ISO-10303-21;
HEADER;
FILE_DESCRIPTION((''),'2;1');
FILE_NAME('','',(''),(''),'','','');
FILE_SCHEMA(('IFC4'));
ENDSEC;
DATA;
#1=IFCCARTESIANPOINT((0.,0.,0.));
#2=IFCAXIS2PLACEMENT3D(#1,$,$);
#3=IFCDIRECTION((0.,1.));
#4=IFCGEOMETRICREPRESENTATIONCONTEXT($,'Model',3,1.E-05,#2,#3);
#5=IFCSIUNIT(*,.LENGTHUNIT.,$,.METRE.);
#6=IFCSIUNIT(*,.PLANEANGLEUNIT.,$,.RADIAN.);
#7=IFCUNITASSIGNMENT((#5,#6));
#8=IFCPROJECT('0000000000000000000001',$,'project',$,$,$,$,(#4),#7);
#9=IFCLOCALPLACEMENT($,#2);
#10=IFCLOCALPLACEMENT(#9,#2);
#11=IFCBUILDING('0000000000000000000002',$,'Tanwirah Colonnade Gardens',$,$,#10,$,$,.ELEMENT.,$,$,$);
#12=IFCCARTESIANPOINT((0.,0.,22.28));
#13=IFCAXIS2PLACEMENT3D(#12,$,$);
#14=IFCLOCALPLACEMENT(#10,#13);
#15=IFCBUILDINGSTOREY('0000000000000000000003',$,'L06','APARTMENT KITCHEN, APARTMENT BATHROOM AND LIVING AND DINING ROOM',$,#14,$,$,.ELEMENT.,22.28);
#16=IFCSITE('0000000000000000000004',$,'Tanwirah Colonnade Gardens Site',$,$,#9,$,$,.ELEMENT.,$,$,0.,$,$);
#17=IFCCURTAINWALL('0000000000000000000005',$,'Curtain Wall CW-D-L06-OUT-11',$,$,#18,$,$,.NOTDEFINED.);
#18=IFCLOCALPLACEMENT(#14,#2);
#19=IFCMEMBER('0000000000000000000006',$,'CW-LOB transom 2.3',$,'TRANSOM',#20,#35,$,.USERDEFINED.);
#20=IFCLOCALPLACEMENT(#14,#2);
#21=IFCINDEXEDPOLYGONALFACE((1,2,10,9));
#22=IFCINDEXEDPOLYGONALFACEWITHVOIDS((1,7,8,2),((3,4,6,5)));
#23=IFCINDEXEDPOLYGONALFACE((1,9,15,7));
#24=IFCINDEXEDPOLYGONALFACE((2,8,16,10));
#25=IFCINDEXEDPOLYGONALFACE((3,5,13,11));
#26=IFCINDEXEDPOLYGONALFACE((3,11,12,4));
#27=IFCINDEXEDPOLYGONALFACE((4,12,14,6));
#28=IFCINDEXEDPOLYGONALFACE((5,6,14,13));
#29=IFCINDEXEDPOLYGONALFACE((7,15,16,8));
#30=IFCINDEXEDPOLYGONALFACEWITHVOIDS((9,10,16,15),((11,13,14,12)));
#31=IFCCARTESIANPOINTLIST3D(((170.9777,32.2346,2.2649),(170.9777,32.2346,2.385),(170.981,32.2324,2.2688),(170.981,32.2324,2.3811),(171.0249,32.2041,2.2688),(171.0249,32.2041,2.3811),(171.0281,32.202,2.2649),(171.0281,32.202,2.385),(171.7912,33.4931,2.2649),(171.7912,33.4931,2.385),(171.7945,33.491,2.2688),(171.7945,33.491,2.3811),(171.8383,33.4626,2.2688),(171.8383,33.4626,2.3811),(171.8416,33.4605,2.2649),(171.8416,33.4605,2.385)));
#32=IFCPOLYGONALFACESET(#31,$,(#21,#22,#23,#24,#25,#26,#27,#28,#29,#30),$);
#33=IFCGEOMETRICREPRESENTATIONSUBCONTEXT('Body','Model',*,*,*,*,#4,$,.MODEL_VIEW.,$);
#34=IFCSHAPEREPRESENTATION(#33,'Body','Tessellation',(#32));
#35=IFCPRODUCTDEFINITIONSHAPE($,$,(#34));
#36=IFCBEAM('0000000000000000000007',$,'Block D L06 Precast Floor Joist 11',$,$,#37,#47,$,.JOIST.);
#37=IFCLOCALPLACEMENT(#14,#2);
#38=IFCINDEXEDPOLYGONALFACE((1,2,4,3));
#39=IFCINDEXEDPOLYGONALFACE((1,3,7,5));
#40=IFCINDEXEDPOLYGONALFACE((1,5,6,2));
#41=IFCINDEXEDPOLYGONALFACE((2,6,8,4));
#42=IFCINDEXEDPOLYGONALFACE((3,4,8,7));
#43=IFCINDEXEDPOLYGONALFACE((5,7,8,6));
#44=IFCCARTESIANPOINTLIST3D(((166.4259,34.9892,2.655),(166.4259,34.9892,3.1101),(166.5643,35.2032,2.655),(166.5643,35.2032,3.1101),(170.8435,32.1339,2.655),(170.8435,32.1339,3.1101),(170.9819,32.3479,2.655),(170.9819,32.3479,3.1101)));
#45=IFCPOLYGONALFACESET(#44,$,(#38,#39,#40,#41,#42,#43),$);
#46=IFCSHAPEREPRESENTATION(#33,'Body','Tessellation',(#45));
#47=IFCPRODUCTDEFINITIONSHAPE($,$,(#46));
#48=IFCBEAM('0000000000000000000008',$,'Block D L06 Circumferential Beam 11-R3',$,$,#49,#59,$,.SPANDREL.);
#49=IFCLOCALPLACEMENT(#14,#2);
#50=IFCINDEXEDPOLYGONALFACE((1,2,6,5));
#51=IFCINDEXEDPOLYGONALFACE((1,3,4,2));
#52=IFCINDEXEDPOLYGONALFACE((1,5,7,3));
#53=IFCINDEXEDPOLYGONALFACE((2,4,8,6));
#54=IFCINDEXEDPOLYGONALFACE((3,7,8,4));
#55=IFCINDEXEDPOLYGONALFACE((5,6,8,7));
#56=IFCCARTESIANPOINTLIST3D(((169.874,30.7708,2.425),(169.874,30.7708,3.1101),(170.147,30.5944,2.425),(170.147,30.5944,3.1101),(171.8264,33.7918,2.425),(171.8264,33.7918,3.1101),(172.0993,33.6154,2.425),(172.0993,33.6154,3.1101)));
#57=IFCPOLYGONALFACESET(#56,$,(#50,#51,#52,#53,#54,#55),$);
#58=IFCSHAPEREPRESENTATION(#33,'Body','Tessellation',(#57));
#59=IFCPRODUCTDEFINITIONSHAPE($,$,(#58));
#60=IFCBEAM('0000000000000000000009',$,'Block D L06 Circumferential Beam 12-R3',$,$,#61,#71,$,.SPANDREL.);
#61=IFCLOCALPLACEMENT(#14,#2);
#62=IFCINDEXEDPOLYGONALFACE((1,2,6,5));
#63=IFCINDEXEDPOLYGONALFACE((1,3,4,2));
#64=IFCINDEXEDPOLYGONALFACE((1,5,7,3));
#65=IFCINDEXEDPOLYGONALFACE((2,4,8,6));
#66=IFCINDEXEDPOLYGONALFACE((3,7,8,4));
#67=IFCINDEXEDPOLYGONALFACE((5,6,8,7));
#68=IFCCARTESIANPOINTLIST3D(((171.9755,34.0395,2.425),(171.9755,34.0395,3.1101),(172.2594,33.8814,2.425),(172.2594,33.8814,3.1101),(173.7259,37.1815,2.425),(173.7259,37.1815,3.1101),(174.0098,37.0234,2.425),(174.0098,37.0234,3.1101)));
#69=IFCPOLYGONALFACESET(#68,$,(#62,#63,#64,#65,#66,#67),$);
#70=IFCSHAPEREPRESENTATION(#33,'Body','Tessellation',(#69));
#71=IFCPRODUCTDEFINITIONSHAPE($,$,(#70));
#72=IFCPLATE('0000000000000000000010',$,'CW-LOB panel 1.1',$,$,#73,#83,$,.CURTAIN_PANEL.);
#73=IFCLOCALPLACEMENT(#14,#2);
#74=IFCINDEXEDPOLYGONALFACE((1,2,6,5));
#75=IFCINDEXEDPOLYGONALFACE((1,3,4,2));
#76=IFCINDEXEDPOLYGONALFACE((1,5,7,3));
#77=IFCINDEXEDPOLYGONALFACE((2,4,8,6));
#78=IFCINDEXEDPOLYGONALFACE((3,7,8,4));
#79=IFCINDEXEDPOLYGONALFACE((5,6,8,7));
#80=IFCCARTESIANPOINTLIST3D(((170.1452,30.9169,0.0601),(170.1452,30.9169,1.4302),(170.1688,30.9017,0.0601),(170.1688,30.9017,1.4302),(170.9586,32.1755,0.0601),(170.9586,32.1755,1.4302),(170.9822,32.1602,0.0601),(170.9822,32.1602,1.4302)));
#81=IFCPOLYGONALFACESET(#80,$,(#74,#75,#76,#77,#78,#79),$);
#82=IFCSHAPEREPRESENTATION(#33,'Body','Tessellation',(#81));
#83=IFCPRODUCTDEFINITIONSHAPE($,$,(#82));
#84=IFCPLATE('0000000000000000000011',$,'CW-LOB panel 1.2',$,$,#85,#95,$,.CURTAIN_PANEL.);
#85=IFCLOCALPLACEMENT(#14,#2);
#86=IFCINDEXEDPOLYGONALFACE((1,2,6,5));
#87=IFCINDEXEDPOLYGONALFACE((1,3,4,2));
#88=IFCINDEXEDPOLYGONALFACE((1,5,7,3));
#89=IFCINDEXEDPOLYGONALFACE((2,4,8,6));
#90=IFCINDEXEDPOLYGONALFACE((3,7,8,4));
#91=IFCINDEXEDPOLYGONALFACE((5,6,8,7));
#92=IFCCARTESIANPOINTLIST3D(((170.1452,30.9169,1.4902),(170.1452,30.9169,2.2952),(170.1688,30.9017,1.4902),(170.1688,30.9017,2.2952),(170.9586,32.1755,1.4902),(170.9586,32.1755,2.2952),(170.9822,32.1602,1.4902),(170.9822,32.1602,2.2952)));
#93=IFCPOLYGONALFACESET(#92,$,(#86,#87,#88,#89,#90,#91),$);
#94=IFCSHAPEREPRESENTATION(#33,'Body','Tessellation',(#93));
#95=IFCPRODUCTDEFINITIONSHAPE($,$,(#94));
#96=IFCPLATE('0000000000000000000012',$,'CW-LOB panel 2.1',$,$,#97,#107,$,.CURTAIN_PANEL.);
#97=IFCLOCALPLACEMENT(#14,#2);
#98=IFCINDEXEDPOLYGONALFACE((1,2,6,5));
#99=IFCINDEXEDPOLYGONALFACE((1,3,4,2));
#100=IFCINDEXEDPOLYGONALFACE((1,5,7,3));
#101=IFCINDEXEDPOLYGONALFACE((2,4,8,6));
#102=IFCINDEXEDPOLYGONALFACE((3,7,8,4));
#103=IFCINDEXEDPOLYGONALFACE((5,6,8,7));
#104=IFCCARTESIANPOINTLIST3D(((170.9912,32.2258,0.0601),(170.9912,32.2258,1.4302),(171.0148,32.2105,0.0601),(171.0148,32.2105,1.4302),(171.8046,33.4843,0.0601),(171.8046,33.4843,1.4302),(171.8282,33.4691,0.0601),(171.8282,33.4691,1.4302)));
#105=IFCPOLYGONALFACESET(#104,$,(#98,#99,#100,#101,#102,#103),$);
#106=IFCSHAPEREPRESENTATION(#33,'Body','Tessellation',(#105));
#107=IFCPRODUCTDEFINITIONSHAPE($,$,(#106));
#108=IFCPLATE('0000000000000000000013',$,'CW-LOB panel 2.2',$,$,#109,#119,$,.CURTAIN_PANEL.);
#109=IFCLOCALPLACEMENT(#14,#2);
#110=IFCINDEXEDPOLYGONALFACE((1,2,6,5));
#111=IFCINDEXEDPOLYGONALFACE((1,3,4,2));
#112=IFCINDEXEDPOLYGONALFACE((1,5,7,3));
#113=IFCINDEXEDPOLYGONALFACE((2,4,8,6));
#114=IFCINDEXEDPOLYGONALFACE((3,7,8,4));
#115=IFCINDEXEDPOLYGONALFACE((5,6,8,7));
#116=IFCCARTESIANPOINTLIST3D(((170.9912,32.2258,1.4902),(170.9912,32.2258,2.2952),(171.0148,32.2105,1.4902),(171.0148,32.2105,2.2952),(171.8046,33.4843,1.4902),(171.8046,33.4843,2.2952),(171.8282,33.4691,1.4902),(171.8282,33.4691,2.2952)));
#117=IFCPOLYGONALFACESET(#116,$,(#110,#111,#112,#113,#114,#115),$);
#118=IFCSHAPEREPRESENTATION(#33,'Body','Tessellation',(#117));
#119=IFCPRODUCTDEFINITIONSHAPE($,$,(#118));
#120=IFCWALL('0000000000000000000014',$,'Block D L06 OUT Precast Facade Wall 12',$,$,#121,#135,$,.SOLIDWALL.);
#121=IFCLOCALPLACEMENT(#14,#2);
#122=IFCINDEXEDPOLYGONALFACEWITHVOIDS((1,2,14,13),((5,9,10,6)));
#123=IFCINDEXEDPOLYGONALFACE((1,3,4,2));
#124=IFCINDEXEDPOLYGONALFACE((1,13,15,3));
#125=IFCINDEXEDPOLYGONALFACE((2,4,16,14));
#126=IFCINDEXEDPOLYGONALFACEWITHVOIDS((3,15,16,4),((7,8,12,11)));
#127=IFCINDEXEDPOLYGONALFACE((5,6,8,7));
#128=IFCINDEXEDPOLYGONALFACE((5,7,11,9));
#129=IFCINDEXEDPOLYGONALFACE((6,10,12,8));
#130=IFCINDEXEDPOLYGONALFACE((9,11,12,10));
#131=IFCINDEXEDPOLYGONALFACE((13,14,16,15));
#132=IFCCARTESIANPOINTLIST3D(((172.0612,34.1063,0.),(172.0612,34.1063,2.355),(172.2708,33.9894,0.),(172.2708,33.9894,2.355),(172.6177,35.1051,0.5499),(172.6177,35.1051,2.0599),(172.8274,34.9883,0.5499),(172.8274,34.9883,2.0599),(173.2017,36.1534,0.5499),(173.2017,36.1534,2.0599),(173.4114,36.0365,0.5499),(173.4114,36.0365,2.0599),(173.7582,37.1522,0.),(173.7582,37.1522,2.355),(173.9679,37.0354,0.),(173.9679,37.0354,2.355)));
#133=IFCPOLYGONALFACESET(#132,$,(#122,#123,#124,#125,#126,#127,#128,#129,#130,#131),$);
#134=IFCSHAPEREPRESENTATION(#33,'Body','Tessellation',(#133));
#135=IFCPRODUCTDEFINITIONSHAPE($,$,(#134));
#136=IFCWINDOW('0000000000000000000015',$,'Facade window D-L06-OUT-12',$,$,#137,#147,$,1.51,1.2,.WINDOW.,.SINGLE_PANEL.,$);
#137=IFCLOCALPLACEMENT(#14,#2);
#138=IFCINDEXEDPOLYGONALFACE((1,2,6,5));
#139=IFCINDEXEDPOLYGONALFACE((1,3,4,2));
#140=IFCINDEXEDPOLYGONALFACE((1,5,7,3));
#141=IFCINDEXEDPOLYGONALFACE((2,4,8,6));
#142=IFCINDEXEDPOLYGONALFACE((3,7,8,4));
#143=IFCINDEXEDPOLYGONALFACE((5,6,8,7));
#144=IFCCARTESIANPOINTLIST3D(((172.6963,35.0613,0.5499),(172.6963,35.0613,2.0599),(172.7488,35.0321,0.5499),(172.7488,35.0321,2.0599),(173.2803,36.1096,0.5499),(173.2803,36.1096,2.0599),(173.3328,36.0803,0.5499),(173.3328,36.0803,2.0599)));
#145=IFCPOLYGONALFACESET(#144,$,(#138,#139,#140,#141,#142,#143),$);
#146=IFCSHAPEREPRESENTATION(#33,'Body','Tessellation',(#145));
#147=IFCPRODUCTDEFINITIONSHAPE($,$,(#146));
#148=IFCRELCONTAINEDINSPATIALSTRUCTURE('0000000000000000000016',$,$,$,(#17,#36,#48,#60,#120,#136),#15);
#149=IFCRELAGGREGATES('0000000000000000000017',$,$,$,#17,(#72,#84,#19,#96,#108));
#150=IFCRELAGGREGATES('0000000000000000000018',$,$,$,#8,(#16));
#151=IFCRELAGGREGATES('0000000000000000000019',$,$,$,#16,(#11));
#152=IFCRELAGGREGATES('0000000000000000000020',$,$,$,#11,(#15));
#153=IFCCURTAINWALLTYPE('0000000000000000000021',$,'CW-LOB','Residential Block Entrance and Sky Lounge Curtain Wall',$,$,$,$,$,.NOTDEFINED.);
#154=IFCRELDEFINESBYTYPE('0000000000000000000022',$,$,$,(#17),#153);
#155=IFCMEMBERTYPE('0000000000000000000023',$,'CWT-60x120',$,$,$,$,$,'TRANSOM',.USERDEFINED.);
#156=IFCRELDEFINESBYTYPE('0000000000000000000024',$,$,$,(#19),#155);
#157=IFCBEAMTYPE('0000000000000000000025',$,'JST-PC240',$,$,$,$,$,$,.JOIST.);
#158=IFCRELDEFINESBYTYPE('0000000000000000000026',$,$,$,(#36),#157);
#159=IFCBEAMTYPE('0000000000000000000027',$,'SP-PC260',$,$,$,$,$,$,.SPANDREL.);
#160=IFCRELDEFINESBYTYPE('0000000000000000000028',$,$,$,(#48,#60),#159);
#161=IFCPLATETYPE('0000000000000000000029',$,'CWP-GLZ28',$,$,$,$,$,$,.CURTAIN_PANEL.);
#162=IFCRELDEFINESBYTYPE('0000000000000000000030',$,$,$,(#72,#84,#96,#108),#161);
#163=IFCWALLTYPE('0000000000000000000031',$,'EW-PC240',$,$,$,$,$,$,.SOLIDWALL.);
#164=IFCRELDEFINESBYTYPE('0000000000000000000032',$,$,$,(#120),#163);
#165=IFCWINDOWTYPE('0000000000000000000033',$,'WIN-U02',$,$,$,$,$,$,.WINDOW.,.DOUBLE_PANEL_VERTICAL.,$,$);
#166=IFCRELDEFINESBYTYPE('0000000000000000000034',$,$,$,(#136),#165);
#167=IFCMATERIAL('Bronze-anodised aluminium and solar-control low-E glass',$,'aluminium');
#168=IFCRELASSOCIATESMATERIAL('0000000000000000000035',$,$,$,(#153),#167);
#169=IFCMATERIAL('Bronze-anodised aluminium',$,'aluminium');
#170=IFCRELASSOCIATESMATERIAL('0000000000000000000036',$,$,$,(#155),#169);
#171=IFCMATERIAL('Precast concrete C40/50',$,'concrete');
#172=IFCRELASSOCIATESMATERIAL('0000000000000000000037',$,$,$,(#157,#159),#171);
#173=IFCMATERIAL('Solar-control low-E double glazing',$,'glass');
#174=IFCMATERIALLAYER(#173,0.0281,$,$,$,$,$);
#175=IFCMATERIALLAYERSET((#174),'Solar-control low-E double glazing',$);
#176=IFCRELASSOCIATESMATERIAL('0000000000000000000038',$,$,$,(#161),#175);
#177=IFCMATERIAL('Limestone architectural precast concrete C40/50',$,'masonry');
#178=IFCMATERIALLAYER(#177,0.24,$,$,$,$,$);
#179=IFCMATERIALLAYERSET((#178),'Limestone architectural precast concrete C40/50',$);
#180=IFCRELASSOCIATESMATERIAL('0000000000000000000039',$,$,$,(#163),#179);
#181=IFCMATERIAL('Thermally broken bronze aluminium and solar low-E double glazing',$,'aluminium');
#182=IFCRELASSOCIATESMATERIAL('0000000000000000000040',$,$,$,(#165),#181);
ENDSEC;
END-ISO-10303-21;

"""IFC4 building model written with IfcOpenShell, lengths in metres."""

from ifc_helpers import new_model, si_unit, direction, frame, frame_2d, origin, origin_2d, place, context, subcontext, project, spatial, rectangle, hollow_rectangle, extrude, material, layer, layer_set, material_profile, profile_set, type_object, element, fill, aggregate, save


model = new_model("IFC4")

# Units and contexts
model_context = context("Model", 3, precision=1e-05, world=origin(), true_north=direction((0.0, 1.0)))
body_context = subcontext(model_context, "Body", "Model", "MODEL_VIEW")
ifc_project = project(units=[si_unit("LENGTHUNIT", "METRE"), si_unit("PLANEANGLEUNIT", "RADIAN")], contexts=[model_context])

# Site, building, storey
site_placement = place(None, origin())
site = spatial("IfcSite", under=ifc_project, at=site_placement, Name="Tanwirah Colonnade Gardens Site", CompositionType="ELEMENT", RefElevation=0.0)
building_placement = place(site_placement, origin())
building = spatial("IfcBuilding", under=site, at=building_placement, Name="Tanwirah Colonnade Gardens", CompositionType="ELEMENT")
storey_placement = place(building_placement, frame((0.0, 0.0, 22.28)))
storey = spatial("IfcBuildingStorey", under=building, at=storey_placement, Name="L06", Description="APARTMENT KITCHEN, APARTMENT BATHROOM AND LIVING AND DINING ROOM", CompositionType="ELEMENT", Elevation=22.28)

# Shared definitions
ifc_material_1 = material(Name="Precast concrete C40/50", Category="concrete")

# Curtain wall, member
ifc_material_2 = material(Name="Bronze-anodised aluminium and solar-control low-E glass", Category="aluminium")
curtain_wall_type = type_object("IfcCurtainWallType", Name="CW-LOB", Description="Residential Block Entrance and Sky Lounge Curtain Wall", PredefinedType="NOTDEFINED", material=ifc_material_2)
curtain_wall_placement = place(storey_placement, origin())
curtain_wall = element("IfcCurtainWall", 1, at=curtain_wall_placement, inside=storey, type_object=curtain_wall_type, Name="Curtain Wall CW-D-L06-OUT-11", PredefinedType="NOTDEFINED")
ifc_material_3 = material(Name="Bronze-anodised aluminium", Category="aluminium")
ifc_material_profile_1 = material_profile(ifc_material_3, hollow_rectangle(XDim=0.0601, YDim=0.1201, WallThickness=0.0039, at=origin_2d()), Name="CW-TRN 60x120x4")
ifc_profile_set_1 = profile_set([ifc_material_profile_1], Name="Bronze-anodised aluminium")
member_type_1 = type_object("IfcMemberType", Name="CWT-60x120", ElementType="TRANSOM", PredefinedType="USERDEFINED", material=ifc_profile_set_1)
member_1_placement = place(storey_placement, frame((171.0029, 32.2183, 2.325), z_axis=(0.542839, 0.839837, 0.0), x_axis=(-0.839837, 0.542839, 0.0)))
member_1 = element("IfcMember", 2, at=member_1_placement, type_object=member_type_1, Name="CW-LOB transom 2.3", ObjectType="TRANSOM", PredefinedType="USERDEFINED", context=body_context, shape_type="SweptSolid", body=[
    extrude(hollow_rectangle(XDim=0.0601, YDim=0.1201, WallThickness=0.0039, at=origin_2d()), origin(), (0.0, 0.0, 1.0), 1.4985),
])

# Beams
ifc_material_profile_2 = material_profile(ifc_material_1, rectangle(XDim=0.2549, YDim=0.4551, at=origin_2d()), Name="PC-JST 255x455")
ifc_profile_set_2 = profile_set([ifc_material_profile_2], Name="Precast concrete C40/50")
beam_type_1 = type_object("IfcBeamType", Name="JST-PC240", PredefinedType="JOIST", material=ifc_profile_set_2)
beam_1_placement = place(storey_placement, frame((166.4951, 35.0962, 2.8826), z_axis=(0.839843, -0.54283, 0.0), x_axis=(0.54283, 0.839843, 0.0)))
element("IfcBeam", 3, at=beam_1_placement, inside=storey, type_object=beam_type_1, Name="Block D L06 Precast Floor Joist 11", PredefinedType="JOIST", context=body_context, shape_type="SweptSolid", body=[
    extrude(rectangle(XDim=0.2549, YDim=0.4551, at=origin_2d()), origin(), (0.0, 0.0, 1.0), 5.26),
])
ifc_material_profile_3 = material_profile(ifc_material_1, rectangle(XDim=0.325, YDim=0.6851, at=origin_2d()), Name="PC-SP 325x685")
ifc_profile_set_3 = profile_set([ifc_material_profile_3], Name="Precast concrete C40/50")
beam_type_2 = type_object("IfcBeamType", Name="SP-PC260", PredefinedType="SPANDREL", material=ifc_profile_set_3)
beam_2_placement = place(storey_placement, frame((170.0105, 30.6826, 2.7676), z_axis=(0.542787, 0.83987, 0.0), x_axis=(-0.83987, 0.542787, 0.0)))
element("IfcBeam", 4, at=beam_2_placement, inside=storey, type_object=beam_type_2, Name="Block D L06 Circumferential Beam 11-R3", PredefinedType="SPANDREL", context=body_context, shape_type="SweptSolid", body=[
    extrude(rectangle(XDim=0.325, YDim=0.6851, at=origin_2d()), origin(), (0.0, 0.0, 1.0), 3.5969),
])
beam_3_placement = place(storey_placement, frame((172.1174, 33.9604, 2.7676), z_axis=(0.48668, 0.87358, 0.0), x_axis=(-0.87358, 0.48668, 0.0)))
element("IfcBeam", 5, at=beam_3_placement, inside=storey, type_object=beam_type_2, Name="Block D L06 Circumferential Beam 12-R3", PredefinedType="SPANDREL", context=body_context, shape_type="SweptSolid", body=[
    extrude(rectangle(XDim=0.325, YDim=0.6851, at=origin_2d()), origin(), (0.0, 0.0, 1.0), 3.5967),
])

# Plates
ifc_material_4 = material(Name="Solar-control low-E double glazing", Category="glass")
ifc_layer_1 = layer(ifc_material_4, 0.0281)
ifc_layer_set_1 = layer_set([ifc_layer_1], Name="Solar-control low-E double glazing")
plate_type = type_object("IfcPlateType", Name="CWP-GLZ28", PredefinedType="CURTAIN_PANEL", material=ifc_layer_set_1)
plate_1_placement = place(storey_placement, frame((170.5637, 31.5386, 0.0601), z_axis=(0.0, 0.0, 1.0), x_axis=(0.542807, 0.839857, 0.0)))
plate_1 = element("IfcPlate", 6, at=plate_1_placement, type_object=plate_type, Name="CW-LOB panel 1.1", PredefinedType="CURTAIN_PANEL", context=body_context, shape_type="SweptSolid", body=[
    extrude(rectangle(XDim=1.4985, YDim=0.0281, at=origin_2d()), origin(), (0.0, 0.0, 1.0), 1.3701),
])
plate_2_placement = place(storey_placement, frame((170.5637, 31.5386, 1.4902), z_axis=(0.0, 0.0, 1.0), x_axis=(0.542807, 0.839857, 0.0)))
plate_2 = element("IfcPlate", 7, at=plate_2_placement, type_object=plate_type, Name="CW-LOB panel 1.2", PredefinedType="CURTAIN_PANEL", context=body_context, shape_type="SweptSolid", body=[
    extrude(rectangle(XDim=1.4985, YDim=0.0281, at=origin_2d()), origin(), (0.0, 0.0, 1.0), 0.8049),
])
plate_3_placement = place(storey_placement, frame((171.4097, 32.8474, 0.0601), z_axis=(0.0, 0.0, 1.0), x_axis=(0.542807, 0.839857, 0.0)))
plate_3 = element("IfcPlate", 8, at=plate_3_placement, type_object=plate_type, Name="CW-LOB panel 2.1", PredefinedType="CURTAIN_PANEL", context=body_context, shape_type="SweptSolid", body=[
    extrude(rectangle(XDim=1.4985, YDim=0.0281, at=origin_2d()), origin(), (0.0, 0.0, 1.0), 1.3701),
])
plate_4_placement = place(storey_placement, frame((171.4097, 32.8474, 1.4902), z_axis=(0.0, 0.0, 1.0), x_axis=(0.542807, 0.839857, 0.0)))
plate_4 = element("IfcPlate", 9, at=plate_4_placement, type_object=plate_type, Name="CW-LOB panel 2.2", PredefinedType="CURTAIN_PANEL", context=body_context, shape_type="SweptSolid", body=[
    extrude(rectangle(XDim=1.4985, YDim=0.0281, at=origin_2d()), origin(), (0.0, 0.0, 1.0), 0.8049),
])
aggregate(curtain_wall, [plate_1, plate_2, member_1, plate_3, plate_4])

# Wall, opening, window
ifc_material_5 = material(Name="Limestone architectural precast concrete C40/50", Category="masonry")
ifc_layer_2 = layer(ifc_material_5, 0.24)
ifc_layer_set_2 = layer_set([ifc_layer_2], Name="Limestone architectural precast concrete C40/50")
wall_type_1 = type_object("IfcWallType", Name="EW-PC240", PredefinedType="SOLIDWALL", material=ifc_layer_set_2)
wall_1_placement = place(storey_placement, frame((172.166, 34.0479, 0.0), z_axis=(0.0, 0.0, 1.0), x_axis=(0.486707, 0.873565, 0.0)))
wall_1 = element("IfcWall", 10, at=wall_1_placement, inside=storey, type_object=wall_type_1, Name="Block D L06 OUT Precast Facade Wall 12", PredefinedType="SOLIDWALL", context=body_context, shape_type="SweptSolid", body=[
    extrude(rectangle(XDim=3.4868, YDim=0.24, at=frame_2d((1.7434, 0.0))), origin(), (0.0, 0.0, 1.0), 2.355),
])
opening_1_placement = place(wall_1_placement, frame((1.1433, 0.0, 0.55)))
opening_1 = element("IfcOpeningElement", 11, at=opening_1_placement, cuts=wall_1, PredefinedType="OPENING", context=body_context, shape_type="SweptSolid", body=[
    extrude(rectangle(XDim=1.2, YDim=1.51, at=frame_2d((0.6001, 0.7549))), frame((0.0, 0.1299, 0.0), z_axis=(0.0, -1.0, 0.0), x_axis=(1.0, 0.0, 0.0)), (0.0, 0.0, 1.0), 0.26),
])
ifc_material_6 = material(Name="Thermally broken bronze aluminium and solar low-E double glazing", Category="aluminium")
window_type = type_object("IfcWindowType", Name="WIN-U02", PartitioningType="DOUBLE_PANEL_VERTICAL", PredefinedType="WINDOW", material=ifc_material_6)
window_placement = place(opening_1_placement, origin())
window = element("IfcWindow", 12, at=window_placement, inside=storey, type_object=window_type, Name="Facade window D-L06-OUT-12", OverallHeight=1.51, OverallWidth=1.2, PartitioningType="SINGLE_PANEL", PredefinedType="WINDOW", context=body_context, shape_type="SweptSolid", body=[
    extrude(rectangle(XDim=1.2, YDim=1.51, at=frame_2d((0.6001, 0.7549))), frame((0.0, 0.03, 0.0), z_axis=(0.0, -1.0, 0.0), x_axis=(1.0, 0.0, 0.0)), (0.0, 0.0, 1.0), 0.0601),
])
fill(opening_1, window)

save(model, "model.ifc")
